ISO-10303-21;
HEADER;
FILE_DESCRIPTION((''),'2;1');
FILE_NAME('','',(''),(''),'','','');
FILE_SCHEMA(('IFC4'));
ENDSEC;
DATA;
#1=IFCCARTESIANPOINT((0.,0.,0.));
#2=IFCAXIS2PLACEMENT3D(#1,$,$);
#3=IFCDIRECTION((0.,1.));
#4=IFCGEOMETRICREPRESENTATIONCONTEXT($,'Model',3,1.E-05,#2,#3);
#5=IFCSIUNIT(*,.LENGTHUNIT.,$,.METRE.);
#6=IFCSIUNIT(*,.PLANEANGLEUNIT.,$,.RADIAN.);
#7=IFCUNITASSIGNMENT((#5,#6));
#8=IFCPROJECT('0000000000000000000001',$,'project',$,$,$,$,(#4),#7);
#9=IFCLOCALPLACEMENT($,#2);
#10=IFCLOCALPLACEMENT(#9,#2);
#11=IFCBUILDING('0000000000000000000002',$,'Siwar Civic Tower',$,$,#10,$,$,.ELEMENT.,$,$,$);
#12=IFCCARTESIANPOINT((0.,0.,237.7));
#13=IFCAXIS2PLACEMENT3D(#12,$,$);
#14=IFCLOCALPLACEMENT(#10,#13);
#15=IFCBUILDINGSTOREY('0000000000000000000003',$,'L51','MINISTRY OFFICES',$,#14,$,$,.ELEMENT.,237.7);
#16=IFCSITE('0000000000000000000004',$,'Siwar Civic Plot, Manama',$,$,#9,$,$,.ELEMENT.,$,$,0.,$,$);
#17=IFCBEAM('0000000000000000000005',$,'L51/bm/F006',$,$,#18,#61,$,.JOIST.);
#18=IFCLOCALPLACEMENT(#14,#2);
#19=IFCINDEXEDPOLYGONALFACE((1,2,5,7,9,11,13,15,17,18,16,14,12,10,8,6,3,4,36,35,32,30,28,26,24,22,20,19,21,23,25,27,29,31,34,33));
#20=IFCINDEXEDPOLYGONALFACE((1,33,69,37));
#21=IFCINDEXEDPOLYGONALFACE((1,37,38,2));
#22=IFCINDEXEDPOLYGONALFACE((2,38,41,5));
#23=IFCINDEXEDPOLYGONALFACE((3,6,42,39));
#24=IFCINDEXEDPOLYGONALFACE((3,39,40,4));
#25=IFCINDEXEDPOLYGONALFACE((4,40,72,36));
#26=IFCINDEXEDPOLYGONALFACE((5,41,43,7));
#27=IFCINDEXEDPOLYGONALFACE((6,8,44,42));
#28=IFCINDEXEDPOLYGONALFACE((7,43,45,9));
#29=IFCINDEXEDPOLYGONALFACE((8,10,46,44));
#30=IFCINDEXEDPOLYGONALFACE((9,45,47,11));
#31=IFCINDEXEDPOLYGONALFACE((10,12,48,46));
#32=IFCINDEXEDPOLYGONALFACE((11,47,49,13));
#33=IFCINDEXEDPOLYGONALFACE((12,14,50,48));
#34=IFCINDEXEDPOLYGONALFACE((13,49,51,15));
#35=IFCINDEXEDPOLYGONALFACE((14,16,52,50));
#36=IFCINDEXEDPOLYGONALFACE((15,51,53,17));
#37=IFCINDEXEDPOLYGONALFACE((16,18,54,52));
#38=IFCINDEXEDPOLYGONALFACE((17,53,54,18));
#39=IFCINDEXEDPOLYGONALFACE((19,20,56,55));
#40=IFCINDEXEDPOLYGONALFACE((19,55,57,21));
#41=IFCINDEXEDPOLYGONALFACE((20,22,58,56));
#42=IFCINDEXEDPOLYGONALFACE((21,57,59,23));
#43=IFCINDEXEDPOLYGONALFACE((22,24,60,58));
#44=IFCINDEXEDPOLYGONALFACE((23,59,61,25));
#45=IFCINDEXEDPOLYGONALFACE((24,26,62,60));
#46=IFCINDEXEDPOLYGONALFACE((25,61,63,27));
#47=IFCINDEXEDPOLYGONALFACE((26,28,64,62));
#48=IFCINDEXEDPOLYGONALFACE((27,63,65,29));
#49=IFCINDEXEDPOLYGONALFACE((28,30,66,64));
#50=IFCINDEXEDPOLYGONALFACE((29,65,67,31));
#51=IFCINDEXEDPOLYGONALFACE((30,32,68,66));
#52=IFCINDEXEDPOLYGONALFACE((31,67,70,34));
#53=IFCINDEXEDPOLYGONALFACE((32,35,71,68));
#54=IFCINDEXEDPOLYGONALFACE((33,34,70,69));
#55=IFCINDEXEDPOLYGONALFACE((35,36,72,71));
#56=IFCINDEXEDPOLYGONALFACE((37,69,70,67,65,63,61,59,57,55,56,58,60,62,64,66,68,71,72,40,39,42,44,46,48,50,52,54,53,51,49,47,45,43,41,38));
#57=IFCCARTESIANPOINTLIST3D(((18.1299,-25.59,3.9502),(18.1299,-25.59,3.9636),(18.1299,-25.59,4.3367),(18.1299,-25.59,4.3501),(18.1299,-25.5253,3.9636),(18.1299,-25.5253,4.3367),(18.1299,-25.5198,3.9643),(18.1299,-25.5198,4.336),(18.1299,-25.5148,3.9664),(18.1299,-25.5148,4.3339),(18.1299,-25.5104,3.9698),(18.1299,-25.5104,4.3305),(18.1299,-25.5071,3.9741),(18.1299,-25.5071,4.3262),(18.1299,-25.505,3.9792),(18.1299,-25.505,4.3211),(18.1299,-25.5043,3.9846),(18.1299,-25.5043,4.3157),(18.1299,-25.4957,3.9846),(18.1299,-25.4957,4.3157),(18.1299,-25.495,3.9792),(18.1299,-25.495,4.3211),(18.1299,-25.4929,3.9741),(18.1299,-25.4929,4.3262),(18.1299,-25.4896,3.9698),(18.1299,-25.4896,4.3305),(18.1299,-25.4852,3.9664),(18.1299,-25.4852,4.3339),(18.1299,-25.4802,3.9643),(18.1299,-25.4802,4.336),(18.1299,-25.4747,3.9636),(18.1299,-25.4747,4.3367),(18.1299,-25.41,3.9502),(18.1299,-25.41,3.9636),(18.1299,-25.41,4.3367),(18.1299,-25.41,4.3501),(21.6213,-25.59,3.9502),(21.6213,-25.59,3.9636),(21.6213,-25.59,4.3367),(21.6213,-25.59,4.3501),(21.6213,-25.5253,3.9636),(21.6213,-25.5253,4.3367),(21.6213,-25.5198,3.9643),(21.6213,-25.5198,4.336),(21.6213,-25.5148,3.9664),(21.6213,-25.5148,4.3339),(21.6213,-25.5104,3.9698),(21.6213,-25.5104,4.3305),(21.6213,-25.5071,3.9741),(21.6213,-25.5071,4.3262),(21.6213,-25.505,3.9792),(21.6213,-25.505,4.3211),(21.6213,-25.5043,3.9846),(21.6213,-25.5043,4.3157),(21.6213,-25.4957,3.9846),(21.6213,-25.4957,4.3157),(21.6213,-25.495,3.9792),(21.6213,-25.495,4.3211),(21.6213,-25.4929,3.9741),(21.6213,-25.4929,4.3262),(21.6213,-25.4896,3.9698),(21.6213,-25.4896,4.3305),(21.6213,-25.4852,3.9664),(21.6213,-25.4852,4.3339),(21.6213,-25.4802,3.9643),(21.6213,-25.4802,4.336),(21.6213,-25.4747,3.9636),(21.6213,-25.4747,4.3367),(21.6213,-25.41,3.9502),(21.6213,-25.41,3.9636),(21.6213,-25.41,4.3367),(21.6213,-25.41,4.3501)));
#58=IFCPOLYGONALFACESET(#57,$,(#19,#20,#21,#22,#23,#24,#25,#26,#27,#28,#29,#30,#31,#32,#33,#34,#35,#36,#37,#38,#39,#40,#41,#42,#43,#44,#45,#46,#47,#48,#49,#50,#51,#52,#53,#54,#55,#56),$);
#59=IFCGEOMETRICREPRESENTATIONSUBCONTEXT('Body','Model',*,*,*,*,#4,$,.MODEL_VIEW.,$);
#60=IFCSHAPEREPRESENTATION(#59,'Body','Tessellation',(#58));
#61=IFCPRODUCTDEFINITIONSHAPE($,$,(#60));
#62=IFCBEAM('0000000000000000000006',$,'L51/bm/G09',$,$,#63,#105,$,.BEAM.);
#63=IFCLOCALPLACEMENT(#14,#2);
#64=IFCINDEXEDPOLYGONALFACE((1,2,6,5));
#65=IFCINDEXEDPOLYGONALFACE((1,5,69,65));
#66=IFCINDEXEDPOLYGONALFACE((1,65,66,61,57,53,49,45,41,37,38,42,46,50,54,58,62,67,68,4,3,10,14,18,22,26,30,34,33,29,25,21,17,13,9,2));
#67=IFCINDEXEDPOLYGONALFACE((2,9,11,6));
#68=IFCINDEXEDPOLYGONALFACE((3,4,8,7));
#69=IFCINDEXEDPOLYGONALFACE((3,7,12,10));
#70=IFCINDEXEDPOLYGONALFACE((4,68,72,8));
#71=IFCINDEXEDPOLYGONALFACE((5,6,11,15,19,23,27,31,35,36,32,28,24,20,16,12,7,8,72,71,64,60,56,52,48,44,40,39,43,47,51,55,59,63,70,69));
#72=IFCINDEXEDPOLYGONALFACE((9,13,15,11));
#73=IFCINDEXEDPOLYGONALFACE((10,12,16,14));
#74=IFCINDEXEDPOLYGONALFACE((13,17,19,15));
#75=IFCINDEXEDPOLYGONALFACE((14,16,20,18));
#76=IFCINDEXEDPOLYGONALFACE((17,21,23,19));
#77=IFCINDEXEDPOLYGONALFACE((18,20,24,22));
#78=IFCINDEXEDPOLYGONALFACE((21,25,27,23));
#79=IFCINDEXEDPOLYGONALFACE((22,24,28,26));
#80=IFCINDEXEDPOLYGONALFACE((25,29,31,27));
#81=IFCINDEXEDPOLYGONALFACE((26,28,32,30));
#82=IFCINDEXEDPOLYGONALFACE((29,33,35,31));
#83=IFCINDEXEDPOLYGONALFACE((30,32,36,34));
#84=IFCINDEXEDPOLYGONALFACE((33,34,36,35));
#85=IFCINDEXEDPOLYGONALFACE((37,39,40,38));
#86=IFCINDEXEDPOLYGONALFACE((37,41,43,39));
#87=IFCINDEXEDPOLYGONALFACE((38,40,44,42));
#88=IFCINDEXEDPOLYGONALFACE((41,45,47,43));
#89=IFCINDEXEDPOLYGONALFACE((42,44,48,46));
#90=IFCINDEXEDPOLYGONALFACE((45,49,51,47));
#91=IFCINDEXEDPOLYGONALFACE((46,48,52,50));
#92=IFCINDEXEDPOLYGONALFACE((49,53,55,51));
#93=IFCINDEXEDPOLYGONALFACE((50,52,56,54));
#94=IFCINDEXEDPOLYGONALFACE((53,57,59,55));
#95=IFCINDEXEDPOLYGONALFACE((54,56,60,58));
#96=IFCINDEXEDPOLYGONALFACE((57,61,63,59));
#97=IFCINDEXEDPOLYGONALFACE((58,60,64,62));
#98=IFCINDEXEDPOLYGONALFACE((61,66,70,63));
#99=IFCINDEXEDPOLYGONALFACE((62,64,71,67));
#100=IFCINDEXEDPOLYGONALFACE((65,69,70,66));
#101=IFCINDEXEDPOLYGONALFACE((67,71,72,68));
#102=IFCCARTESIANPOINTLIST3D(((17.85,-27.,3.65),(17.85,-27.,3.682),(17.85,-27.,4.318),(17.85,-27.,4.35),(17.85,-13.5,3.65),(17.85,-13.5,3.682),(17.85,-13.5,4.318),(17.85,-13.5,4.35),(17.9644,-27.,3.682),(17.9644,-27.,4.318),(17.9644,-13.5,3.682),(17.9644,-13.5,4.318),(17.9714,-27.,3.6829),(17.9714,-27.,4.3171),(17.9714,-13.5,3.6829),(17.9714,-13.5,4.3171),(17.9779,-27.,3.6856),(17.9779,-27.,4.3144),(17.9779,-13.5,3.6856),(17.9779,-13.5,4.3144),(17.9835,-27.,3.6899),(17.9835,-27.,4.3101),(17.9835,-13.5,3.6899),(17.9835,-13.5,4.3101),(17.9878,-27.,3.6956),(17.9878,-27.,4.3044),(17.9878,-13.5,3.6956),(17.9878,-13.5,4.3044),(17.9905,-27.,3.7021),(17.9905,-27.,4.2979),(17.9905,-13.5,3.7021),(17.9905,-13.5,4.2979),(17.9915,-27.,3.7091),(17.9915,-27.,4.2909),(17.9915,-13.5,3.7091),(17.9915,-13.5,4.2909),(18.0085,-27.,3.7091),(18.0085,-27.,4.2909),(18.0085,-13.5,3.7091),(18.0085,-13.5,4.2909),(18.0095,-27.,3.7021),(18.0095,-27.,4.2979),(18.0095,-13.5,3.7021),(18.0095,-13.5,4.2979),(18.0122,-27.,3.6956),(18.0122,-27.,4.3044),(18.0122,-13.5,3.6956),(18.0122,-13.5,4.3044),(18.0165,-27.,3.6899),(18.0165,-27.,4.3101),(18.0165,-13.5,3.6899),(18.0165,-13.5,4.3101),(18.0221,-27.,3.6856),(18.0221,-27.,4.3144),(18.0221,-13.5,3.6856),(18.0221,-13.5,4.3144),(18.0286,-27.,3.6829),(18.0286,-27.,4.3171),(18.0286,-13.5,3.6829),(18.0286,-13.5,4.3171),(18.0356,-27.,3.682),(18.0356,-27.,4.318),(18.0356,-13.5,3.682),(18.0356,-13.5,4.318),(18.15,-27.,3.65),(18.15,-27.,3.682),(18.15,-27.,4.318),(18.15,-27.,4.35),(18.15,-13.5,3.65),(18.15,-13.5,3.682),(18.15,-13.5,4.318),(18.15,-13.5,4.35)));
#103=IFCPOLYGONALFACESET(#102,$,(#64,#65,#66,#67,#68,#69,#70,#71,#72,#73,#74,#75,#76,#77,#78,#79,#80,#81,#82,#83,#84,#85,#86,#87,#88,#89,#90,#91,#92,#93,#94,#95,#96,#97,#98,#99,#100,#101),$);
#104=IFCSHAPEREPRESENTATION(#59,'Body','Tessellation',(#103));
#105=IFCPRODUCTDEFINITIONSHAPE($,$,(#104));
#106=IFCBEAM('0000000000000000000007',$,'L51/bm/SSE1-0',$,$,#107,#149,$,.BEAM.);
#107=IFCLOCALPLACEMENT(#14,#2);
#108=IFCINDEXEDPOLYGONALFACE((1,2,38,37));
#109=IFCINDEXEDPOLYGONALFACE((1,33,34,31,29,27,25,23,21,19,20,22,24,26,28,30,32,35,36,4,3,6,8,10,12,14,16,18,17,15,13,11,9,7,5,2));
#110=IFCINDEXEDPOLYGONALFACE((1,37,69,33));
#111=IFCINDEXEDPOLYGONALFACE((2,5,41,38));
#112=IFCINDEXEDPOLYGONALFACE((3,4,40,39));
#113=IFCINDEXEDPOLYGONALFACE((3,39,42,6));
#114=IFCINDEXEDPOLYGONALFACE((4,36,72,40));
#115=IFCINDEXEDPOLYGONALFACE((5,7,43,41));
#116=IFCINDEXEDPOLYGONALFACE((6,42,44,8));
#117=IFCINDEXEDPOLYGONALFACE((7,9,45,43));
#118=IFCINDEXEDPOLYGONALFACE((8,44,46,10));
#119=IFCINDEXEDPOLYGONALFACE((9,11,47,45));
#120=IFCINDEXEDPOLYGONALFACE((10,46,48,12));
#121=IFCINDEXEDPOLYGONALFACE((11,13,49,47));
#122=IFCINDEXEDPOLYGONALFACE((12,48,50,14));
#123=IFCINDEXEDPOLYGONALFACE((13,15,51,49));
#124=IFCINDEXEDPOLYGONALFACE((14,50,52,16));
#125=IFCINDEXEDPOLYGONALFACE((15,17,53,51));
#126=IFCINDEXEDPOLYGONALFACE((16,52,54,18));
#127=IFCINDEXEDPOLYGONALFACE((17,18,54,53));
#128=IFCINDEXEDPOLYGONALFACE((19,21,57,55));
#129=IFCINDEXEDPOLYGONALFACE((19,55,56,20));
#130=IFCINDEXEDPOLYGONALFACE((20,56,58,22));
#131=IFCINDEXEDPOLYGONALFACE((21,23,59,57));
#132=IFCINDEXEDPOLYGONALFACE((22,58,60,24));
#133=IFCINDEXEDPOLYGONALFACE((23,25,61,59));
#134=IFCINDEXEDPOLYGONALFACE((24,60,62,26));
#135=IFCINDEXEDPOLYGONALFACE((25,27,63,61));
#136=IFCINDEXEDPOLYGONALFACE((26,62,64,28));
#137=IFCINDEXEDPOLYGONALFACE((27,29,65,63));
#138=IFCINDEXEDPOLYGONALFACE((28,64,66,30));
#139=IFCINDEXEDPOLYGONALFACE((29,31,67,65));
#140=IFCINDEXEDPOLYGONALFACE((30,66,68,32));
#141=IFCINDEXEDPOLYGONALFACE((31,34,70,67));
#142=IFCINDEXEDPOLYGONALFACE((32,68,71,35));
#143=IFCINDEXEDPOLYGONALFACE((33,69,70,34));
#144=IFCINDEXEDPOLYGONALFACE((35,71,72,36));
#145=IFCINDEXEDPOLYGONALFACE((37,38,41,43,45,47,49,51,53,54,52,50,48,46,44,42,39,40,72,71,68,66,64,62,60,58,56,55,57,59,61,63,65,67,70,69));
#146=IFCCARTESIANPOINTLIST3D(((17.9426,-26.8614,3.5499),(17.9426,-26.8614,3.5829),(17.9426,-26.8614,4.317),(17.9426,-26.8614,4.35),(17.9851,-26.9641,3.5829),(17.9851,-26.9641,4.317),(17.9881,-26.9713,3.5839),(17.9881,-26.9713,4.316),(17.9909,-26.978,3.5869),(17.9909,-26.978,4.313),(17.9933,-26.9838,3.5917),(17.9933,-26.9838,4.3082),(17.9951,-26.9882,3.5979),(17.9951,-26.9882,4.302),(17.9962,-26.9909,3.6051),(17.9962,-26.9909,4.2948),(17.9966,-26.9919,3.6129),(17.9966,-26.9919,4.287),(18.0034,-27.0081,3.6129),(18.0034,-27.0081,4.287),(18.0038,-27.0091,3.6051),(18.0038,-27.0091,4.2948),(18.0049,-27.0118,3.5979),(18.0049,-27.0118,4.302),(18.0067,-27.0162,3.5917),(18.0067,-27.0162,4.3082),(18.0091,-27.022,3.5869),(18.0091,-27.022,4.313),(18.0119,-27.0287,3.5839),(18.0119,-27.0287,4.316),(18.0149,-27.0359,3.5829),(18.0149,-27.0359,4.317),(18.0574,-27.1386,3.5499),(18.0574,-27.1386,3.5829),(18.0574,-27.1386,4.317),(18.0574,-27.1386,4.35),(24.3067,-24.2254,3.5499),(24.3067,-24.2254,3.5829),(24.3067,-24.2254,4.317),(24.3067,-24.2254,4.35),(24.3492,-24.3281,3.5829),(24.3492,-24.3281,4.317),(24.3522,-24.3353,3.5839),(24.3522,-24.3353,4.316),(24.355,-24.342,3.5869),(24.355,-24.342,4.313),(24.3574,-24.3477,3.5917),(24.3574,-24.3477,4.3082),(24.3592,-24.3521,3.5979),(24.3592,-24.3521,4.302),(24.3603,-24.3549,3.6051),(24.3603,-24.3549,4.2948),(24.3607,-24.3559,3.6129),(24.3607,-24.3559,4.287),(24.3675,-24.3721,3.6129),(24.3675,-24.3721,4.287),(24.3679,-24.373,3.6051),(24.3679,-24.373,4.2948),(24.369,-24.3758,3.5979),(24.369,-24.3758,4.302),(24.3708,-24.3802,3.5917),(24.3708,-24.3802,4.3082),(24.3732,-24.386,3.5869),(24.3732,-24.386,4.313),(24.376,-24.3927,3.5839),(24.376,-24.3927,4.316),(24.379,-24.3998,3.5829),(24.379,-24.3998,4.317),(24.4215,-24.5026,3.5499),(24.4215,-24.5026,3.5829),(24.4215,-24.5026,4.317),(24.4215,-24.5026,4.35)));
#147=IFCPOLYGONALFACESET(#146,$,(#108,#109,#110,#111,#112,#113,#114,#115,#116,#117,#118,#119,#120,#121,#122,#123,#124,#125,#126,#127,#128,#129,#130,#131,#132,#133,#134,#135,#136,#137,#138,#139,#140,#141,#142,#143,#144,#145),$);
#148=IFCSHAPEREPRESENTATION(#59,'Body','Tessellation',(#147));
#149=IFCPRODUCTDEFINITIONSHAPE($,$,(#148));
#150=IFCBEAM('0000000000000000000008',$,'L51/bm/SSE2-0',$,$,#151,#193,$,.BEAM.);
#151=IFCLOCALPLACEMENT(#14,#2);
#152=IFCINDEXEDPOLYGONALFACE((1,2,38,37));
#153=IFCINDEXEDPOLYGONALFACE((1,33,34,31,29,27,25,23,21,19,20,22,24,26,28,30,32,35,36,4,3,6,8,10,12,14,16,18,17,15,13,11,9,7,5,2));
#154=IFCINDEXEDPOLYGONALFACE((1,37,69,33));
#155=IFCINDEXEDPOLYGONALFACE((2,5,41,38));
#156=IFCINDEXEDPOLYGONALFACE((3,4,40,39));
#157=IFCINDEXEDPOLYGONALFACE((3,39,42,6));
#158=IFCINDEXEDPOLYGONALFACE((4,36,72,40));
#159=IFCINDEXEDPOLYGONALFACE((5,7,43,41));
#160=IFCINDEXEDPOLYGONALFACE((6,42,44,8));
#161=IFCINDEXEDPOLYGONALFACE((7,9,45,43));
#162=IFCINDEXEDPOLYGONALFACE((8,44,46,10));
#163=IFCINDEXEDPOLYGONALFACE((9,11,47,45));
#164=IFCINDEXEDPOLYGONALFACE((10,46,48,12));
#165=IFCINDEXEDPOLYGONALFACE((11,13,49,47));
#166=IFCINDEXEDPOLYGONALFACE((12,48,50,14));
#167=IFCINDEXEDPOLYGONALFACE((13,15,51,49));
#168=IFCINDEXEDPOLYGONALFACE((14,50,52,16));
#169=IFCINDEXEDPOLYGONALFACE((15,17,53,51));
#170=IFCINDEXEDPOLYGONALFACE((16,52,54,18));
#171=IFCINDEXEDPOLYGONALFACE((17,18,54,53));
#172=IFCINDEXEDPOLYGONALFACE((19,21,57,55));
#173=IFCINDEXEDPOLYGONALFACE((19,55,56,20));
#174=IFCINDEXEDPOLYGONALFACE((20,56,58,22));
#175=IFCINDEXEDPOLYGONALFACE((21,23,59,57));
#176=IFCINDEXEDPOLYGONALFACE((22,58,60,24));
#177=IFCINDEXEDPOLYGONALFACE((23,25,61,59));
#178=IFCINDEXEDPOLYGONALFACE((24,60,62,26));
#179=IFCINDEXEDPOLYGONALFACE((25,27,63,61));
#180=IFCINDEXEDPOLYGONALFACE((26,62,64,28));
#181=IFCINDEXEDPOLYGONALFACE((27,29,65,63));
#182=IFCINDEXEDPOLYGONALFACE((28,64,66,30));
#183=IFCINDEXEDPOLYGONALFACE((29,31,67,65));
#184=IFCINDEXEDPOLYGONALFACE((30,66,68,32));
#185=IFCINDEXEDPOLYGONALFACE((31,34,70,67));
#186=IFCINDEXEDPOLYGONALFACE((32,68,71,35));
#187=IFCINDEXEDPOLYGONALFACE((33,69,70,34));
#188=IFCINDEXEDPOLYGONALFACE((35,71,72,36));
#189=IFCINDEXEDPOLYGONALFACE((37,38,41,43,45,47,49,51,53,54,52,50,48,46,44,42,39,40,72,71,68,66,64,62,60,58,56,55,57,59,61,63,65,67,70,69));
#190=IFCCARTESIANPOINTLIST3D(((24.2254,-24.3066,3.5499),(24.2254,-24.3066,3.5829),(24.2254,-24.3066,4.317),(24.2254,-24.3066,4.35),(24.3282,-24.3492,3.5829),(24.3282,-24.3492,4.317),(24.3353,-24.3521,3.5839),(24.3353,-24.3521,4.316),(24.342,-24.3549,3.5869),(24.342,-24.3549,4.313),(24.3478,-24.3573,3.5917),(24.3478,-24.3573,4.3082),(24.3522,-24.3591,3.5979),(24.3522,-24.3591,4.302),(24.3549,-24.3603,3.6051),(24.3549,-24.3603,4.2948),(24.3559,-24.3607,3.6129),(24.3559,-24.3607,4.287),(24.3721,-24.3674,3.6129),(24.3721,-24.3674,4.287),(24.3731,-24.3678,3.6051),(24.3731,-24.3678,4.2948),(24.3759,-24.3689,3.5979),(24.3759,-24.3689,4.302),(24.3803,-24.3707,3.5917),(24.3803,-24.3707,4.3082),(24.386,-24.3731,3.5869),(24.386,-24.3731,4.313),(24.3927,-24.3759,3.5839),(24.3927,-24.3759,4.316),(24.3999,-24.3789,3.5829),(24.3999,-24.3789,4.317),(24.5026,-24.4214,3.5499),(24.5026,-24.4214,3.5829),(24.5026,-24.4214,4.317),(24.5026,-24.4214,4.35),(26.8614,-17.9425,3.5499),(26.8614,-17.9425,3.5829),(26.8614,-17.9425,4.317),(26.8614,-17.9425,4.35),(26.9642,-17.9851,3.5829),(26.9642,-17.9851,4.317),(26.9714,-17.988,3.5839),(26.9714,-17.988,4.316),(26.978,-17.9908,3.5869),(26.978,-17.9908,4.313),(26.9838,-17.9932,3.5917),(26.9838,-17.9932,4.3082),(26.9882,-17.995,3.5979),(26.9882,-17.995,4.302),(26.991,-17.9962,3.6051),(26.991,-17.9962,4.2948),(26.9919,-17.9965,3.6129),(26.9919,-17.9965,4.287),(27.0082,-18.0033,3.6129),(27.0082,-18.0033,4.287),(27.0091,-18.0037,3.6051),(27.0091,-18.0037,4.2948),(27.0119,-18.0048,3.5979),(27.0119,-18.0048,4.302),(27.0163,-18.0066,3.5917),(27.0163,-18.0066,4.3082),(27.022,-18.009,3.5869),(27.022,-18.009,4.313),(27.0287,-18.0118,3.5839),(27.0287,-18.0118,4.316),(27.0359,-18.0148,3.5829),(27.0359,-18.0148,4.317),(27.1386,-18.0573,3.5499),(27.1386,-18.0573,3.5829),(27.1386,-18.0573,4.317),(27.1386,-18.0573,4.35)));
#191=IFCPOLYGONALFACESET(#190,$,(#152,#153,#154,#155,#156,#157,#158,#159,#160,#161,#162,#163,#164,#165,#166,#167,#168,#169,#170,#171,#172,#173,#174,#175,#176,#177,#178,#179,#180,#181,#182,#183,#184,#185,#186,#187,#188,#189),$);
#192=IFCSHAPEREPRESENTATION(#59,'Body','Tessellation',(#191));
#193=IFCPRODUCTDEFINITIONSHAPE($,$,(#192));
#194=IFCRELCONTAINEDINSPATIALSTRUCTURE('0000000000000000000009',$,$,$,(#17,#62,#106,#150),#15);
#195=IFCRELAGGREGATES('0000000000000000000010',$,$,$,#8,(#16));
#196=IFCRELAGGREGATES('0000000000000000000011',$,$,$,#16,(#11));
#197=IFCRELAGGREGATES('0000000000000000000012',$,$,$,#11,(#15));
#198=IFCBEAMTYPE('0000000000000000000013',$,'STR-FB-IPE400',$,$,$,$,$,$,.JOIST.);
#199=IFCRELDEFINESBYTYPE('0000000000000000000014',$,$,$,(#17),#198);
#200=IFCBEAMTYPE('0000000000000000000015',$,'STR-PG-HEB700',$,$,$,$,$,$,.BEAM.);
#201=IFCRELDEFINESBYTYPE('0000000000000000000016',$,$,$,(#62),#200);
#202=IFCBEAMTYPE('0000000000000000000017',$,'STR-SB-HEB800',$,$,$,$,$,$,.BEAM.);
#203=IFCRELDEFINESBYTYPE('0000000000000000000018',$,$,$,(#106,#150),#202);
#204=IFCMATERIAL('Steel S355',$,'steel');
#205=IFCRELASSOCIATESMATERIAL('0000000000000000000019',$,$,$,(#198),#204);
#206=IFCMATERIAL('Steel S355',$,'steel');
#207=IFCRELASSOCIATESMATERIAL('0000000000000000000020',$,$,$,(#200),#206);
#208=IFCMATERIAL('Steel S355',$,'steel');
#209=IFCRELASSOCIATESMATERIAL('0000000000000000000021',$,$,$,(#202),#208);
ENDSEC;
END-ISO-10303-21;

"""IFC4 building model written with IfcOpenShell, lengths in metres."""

from ifc_helpers import new_model, si_unit, direction, frame, origin, origin_2d, place, context, subcontext, project, spatial, i_section, extrude, material, material_profile, profile_set, type_object, element, save


model = new_model("IFC4")

# Units and contexts
model_context = context("Model", 3, precision=1e-05, world=origin(), true_north=direction((0.0, 1.0)))
body_context = subcontext(model_context, "Body", "Model", "MODEL_VIEW")
ifc_project = project(units=[si_unit("LENGTHUNIT", "METRE"), si_unit("PLANEANGLEUNIT", "RADIAN")], contexts=[model_context])

# Site, building, storey
site_placement = place(None, origin())
site = spatial("IfcSite", under=ifc_project, at=site_placement, Name="Siwar Civic Plot, Manama", CompositionType="ELEMENT", RefElevation=0.0)
building_placement = place(site_placement, origin())
building = spatial("IfcBuilding", under=site, at=building_placement, Name="Siwar Civic Tower", CompositionType="ELEMENT")
storey_placement = place(building_placement, frame((0.0, 0.0, 237.7)))
storey = spatial("IfcBuildingStorey", under=building, at=storey_placement, Name="L51", Description="MINISTRY OFFICES", CompositionType="ELEMENT", Elevation=237.7)

# Beams
ifc_material_1 = material(Name="Steel S355", Category="steel")
ifc_material_profile_1 = material_profile(ifc_material_1, i_section(OverallWidth=0.1799, OverallDepth=0.3999, WebThickness=0.0085, FlangeThickness=0.0134, FilletRadius=0.021, at=origin_2d()), Name="IPE400")
ifc_profile_set_1 = profile_set([ifc_material_profile_1], Name="Steel S355")
beam_type_1 = type_object("IfcBeamType", Name="STR-FB-IPE400", PredefinedType="JOIST", material=ifc_profile_set_1)
beam_1_placement = place(storey_placement, frame((18.1299, -25.5, 4.1501), z_axis=(1.0, 0.0, 0.0), x_axis=(0.0, 1.0, 0.0)))
element("IfcBeam", 1, at=beam_1_placement, inside=storey, type_object=beam_type_1, Name="L51/bm/F006", PredefinedType="JOIST", context=body_context, shape_type="SweptSolid", body=[
    extrude(i_section(OverallWidth=0.1799, OverallDepth=0.3999, WebThickness=0.0085, FlangeThickness=0.0134, FilletRadius=0.021, at=origin_2d()), origin(), (0.0, 0.0, 1.0), 3.4915),
])
ifc_material_2 = material(Name="Steel S355", Category="steel")
ifc_material_profile_2 = material_profile(ifc_material_2, i_section(OverallWidth=0.3, OverallDepth=0.7, WebThickness=0.0171, FlangeThickness=0.032, FilletRadius=0.0271, at=origin_2d()), Name="HEB700")
ifc_profile_set_2 = profile_set([ifc_material_profile_2], Name="Steel S355")
beam_type_2 = type_object("IfcBeamType", Name="STR-PG-HEB700", PredefinedType="BEAM", material=ifc_profile_set_2)
beam_2_placement = place(storey_placement, frame((18.0, -27.0, 4.0), z_axis=(0.0, 1.0, 0.0), x_axis=(-1.0, 0.0, 0.0)))
element("IfcBeam", 2, at=beam_2_placement, inside=storey, type_object=beam_type_2, Name="L51/bm/G09", PredefinedType="BEAM", context=body_context, shape_type="SweptSolid", body=[
    extrude(i_section(OverallWidth=0.3, OverallDepth=0.7, WebThickness=0.0171, FlangeThickness=0.032, FilletRadius=0.0271, at=origin_2d()), origin(), (0.0, 0.0, 1.0), 13.5),
])
ifc_material_3 = material(Name="Steel S355", Category="steel")
ifc_material_profile_3 = material_profile(ifc_material_3, i_section(OverallWidth=0.3, OverallDepth=0.8, WebThickness=0.0176, FlangeThickness=0.033, FilletRadius=0.03, at=origin_2d()), Name="HEB800")
ifc_profile_set_3 = profile_set([ifc_material_profile_3], Name="Steel S355")
beam_type_3 = type_object("IfcBeamType", Name="STR-SB-HEB800", PredefinedType="BEAM", material=ifc_profile_set_3)
for number, where, z_axis, x_axis, name in (
    (3, (18.0, -27.0, 3.95), (0.923883, 0.382674, 0.0), (-0.382674, 0.923883, 0.0), "L51/bm/SSE1-0"),
    (4, (24.364, -24.364, 3.95), (0.382674, 0.923883, 0.0), (-0.923883, 0.382674, 0.0), "L51/bm/SSE2-0"),
):
    element("IfcBeam", number, at=place(storey_placement, frame(where, z_axis=z_axis, x_axis=x_axis)), inside=storey, type_object=beam_type_3, Name=name, PredefinedType="BEAM", context=body_context, shape_type="SweptSolid", body=[
        extrude(i_section(OverallWidth=0.3, OverallDepth=0.8, WebThickness=0.0176, FlangeThickness=0.033, FilletRadius=0.03, at=origin_2d()), origin(), (0.0, 0.0, 1.0), 6.8884),
    ])

save(model, "model.ifc")
